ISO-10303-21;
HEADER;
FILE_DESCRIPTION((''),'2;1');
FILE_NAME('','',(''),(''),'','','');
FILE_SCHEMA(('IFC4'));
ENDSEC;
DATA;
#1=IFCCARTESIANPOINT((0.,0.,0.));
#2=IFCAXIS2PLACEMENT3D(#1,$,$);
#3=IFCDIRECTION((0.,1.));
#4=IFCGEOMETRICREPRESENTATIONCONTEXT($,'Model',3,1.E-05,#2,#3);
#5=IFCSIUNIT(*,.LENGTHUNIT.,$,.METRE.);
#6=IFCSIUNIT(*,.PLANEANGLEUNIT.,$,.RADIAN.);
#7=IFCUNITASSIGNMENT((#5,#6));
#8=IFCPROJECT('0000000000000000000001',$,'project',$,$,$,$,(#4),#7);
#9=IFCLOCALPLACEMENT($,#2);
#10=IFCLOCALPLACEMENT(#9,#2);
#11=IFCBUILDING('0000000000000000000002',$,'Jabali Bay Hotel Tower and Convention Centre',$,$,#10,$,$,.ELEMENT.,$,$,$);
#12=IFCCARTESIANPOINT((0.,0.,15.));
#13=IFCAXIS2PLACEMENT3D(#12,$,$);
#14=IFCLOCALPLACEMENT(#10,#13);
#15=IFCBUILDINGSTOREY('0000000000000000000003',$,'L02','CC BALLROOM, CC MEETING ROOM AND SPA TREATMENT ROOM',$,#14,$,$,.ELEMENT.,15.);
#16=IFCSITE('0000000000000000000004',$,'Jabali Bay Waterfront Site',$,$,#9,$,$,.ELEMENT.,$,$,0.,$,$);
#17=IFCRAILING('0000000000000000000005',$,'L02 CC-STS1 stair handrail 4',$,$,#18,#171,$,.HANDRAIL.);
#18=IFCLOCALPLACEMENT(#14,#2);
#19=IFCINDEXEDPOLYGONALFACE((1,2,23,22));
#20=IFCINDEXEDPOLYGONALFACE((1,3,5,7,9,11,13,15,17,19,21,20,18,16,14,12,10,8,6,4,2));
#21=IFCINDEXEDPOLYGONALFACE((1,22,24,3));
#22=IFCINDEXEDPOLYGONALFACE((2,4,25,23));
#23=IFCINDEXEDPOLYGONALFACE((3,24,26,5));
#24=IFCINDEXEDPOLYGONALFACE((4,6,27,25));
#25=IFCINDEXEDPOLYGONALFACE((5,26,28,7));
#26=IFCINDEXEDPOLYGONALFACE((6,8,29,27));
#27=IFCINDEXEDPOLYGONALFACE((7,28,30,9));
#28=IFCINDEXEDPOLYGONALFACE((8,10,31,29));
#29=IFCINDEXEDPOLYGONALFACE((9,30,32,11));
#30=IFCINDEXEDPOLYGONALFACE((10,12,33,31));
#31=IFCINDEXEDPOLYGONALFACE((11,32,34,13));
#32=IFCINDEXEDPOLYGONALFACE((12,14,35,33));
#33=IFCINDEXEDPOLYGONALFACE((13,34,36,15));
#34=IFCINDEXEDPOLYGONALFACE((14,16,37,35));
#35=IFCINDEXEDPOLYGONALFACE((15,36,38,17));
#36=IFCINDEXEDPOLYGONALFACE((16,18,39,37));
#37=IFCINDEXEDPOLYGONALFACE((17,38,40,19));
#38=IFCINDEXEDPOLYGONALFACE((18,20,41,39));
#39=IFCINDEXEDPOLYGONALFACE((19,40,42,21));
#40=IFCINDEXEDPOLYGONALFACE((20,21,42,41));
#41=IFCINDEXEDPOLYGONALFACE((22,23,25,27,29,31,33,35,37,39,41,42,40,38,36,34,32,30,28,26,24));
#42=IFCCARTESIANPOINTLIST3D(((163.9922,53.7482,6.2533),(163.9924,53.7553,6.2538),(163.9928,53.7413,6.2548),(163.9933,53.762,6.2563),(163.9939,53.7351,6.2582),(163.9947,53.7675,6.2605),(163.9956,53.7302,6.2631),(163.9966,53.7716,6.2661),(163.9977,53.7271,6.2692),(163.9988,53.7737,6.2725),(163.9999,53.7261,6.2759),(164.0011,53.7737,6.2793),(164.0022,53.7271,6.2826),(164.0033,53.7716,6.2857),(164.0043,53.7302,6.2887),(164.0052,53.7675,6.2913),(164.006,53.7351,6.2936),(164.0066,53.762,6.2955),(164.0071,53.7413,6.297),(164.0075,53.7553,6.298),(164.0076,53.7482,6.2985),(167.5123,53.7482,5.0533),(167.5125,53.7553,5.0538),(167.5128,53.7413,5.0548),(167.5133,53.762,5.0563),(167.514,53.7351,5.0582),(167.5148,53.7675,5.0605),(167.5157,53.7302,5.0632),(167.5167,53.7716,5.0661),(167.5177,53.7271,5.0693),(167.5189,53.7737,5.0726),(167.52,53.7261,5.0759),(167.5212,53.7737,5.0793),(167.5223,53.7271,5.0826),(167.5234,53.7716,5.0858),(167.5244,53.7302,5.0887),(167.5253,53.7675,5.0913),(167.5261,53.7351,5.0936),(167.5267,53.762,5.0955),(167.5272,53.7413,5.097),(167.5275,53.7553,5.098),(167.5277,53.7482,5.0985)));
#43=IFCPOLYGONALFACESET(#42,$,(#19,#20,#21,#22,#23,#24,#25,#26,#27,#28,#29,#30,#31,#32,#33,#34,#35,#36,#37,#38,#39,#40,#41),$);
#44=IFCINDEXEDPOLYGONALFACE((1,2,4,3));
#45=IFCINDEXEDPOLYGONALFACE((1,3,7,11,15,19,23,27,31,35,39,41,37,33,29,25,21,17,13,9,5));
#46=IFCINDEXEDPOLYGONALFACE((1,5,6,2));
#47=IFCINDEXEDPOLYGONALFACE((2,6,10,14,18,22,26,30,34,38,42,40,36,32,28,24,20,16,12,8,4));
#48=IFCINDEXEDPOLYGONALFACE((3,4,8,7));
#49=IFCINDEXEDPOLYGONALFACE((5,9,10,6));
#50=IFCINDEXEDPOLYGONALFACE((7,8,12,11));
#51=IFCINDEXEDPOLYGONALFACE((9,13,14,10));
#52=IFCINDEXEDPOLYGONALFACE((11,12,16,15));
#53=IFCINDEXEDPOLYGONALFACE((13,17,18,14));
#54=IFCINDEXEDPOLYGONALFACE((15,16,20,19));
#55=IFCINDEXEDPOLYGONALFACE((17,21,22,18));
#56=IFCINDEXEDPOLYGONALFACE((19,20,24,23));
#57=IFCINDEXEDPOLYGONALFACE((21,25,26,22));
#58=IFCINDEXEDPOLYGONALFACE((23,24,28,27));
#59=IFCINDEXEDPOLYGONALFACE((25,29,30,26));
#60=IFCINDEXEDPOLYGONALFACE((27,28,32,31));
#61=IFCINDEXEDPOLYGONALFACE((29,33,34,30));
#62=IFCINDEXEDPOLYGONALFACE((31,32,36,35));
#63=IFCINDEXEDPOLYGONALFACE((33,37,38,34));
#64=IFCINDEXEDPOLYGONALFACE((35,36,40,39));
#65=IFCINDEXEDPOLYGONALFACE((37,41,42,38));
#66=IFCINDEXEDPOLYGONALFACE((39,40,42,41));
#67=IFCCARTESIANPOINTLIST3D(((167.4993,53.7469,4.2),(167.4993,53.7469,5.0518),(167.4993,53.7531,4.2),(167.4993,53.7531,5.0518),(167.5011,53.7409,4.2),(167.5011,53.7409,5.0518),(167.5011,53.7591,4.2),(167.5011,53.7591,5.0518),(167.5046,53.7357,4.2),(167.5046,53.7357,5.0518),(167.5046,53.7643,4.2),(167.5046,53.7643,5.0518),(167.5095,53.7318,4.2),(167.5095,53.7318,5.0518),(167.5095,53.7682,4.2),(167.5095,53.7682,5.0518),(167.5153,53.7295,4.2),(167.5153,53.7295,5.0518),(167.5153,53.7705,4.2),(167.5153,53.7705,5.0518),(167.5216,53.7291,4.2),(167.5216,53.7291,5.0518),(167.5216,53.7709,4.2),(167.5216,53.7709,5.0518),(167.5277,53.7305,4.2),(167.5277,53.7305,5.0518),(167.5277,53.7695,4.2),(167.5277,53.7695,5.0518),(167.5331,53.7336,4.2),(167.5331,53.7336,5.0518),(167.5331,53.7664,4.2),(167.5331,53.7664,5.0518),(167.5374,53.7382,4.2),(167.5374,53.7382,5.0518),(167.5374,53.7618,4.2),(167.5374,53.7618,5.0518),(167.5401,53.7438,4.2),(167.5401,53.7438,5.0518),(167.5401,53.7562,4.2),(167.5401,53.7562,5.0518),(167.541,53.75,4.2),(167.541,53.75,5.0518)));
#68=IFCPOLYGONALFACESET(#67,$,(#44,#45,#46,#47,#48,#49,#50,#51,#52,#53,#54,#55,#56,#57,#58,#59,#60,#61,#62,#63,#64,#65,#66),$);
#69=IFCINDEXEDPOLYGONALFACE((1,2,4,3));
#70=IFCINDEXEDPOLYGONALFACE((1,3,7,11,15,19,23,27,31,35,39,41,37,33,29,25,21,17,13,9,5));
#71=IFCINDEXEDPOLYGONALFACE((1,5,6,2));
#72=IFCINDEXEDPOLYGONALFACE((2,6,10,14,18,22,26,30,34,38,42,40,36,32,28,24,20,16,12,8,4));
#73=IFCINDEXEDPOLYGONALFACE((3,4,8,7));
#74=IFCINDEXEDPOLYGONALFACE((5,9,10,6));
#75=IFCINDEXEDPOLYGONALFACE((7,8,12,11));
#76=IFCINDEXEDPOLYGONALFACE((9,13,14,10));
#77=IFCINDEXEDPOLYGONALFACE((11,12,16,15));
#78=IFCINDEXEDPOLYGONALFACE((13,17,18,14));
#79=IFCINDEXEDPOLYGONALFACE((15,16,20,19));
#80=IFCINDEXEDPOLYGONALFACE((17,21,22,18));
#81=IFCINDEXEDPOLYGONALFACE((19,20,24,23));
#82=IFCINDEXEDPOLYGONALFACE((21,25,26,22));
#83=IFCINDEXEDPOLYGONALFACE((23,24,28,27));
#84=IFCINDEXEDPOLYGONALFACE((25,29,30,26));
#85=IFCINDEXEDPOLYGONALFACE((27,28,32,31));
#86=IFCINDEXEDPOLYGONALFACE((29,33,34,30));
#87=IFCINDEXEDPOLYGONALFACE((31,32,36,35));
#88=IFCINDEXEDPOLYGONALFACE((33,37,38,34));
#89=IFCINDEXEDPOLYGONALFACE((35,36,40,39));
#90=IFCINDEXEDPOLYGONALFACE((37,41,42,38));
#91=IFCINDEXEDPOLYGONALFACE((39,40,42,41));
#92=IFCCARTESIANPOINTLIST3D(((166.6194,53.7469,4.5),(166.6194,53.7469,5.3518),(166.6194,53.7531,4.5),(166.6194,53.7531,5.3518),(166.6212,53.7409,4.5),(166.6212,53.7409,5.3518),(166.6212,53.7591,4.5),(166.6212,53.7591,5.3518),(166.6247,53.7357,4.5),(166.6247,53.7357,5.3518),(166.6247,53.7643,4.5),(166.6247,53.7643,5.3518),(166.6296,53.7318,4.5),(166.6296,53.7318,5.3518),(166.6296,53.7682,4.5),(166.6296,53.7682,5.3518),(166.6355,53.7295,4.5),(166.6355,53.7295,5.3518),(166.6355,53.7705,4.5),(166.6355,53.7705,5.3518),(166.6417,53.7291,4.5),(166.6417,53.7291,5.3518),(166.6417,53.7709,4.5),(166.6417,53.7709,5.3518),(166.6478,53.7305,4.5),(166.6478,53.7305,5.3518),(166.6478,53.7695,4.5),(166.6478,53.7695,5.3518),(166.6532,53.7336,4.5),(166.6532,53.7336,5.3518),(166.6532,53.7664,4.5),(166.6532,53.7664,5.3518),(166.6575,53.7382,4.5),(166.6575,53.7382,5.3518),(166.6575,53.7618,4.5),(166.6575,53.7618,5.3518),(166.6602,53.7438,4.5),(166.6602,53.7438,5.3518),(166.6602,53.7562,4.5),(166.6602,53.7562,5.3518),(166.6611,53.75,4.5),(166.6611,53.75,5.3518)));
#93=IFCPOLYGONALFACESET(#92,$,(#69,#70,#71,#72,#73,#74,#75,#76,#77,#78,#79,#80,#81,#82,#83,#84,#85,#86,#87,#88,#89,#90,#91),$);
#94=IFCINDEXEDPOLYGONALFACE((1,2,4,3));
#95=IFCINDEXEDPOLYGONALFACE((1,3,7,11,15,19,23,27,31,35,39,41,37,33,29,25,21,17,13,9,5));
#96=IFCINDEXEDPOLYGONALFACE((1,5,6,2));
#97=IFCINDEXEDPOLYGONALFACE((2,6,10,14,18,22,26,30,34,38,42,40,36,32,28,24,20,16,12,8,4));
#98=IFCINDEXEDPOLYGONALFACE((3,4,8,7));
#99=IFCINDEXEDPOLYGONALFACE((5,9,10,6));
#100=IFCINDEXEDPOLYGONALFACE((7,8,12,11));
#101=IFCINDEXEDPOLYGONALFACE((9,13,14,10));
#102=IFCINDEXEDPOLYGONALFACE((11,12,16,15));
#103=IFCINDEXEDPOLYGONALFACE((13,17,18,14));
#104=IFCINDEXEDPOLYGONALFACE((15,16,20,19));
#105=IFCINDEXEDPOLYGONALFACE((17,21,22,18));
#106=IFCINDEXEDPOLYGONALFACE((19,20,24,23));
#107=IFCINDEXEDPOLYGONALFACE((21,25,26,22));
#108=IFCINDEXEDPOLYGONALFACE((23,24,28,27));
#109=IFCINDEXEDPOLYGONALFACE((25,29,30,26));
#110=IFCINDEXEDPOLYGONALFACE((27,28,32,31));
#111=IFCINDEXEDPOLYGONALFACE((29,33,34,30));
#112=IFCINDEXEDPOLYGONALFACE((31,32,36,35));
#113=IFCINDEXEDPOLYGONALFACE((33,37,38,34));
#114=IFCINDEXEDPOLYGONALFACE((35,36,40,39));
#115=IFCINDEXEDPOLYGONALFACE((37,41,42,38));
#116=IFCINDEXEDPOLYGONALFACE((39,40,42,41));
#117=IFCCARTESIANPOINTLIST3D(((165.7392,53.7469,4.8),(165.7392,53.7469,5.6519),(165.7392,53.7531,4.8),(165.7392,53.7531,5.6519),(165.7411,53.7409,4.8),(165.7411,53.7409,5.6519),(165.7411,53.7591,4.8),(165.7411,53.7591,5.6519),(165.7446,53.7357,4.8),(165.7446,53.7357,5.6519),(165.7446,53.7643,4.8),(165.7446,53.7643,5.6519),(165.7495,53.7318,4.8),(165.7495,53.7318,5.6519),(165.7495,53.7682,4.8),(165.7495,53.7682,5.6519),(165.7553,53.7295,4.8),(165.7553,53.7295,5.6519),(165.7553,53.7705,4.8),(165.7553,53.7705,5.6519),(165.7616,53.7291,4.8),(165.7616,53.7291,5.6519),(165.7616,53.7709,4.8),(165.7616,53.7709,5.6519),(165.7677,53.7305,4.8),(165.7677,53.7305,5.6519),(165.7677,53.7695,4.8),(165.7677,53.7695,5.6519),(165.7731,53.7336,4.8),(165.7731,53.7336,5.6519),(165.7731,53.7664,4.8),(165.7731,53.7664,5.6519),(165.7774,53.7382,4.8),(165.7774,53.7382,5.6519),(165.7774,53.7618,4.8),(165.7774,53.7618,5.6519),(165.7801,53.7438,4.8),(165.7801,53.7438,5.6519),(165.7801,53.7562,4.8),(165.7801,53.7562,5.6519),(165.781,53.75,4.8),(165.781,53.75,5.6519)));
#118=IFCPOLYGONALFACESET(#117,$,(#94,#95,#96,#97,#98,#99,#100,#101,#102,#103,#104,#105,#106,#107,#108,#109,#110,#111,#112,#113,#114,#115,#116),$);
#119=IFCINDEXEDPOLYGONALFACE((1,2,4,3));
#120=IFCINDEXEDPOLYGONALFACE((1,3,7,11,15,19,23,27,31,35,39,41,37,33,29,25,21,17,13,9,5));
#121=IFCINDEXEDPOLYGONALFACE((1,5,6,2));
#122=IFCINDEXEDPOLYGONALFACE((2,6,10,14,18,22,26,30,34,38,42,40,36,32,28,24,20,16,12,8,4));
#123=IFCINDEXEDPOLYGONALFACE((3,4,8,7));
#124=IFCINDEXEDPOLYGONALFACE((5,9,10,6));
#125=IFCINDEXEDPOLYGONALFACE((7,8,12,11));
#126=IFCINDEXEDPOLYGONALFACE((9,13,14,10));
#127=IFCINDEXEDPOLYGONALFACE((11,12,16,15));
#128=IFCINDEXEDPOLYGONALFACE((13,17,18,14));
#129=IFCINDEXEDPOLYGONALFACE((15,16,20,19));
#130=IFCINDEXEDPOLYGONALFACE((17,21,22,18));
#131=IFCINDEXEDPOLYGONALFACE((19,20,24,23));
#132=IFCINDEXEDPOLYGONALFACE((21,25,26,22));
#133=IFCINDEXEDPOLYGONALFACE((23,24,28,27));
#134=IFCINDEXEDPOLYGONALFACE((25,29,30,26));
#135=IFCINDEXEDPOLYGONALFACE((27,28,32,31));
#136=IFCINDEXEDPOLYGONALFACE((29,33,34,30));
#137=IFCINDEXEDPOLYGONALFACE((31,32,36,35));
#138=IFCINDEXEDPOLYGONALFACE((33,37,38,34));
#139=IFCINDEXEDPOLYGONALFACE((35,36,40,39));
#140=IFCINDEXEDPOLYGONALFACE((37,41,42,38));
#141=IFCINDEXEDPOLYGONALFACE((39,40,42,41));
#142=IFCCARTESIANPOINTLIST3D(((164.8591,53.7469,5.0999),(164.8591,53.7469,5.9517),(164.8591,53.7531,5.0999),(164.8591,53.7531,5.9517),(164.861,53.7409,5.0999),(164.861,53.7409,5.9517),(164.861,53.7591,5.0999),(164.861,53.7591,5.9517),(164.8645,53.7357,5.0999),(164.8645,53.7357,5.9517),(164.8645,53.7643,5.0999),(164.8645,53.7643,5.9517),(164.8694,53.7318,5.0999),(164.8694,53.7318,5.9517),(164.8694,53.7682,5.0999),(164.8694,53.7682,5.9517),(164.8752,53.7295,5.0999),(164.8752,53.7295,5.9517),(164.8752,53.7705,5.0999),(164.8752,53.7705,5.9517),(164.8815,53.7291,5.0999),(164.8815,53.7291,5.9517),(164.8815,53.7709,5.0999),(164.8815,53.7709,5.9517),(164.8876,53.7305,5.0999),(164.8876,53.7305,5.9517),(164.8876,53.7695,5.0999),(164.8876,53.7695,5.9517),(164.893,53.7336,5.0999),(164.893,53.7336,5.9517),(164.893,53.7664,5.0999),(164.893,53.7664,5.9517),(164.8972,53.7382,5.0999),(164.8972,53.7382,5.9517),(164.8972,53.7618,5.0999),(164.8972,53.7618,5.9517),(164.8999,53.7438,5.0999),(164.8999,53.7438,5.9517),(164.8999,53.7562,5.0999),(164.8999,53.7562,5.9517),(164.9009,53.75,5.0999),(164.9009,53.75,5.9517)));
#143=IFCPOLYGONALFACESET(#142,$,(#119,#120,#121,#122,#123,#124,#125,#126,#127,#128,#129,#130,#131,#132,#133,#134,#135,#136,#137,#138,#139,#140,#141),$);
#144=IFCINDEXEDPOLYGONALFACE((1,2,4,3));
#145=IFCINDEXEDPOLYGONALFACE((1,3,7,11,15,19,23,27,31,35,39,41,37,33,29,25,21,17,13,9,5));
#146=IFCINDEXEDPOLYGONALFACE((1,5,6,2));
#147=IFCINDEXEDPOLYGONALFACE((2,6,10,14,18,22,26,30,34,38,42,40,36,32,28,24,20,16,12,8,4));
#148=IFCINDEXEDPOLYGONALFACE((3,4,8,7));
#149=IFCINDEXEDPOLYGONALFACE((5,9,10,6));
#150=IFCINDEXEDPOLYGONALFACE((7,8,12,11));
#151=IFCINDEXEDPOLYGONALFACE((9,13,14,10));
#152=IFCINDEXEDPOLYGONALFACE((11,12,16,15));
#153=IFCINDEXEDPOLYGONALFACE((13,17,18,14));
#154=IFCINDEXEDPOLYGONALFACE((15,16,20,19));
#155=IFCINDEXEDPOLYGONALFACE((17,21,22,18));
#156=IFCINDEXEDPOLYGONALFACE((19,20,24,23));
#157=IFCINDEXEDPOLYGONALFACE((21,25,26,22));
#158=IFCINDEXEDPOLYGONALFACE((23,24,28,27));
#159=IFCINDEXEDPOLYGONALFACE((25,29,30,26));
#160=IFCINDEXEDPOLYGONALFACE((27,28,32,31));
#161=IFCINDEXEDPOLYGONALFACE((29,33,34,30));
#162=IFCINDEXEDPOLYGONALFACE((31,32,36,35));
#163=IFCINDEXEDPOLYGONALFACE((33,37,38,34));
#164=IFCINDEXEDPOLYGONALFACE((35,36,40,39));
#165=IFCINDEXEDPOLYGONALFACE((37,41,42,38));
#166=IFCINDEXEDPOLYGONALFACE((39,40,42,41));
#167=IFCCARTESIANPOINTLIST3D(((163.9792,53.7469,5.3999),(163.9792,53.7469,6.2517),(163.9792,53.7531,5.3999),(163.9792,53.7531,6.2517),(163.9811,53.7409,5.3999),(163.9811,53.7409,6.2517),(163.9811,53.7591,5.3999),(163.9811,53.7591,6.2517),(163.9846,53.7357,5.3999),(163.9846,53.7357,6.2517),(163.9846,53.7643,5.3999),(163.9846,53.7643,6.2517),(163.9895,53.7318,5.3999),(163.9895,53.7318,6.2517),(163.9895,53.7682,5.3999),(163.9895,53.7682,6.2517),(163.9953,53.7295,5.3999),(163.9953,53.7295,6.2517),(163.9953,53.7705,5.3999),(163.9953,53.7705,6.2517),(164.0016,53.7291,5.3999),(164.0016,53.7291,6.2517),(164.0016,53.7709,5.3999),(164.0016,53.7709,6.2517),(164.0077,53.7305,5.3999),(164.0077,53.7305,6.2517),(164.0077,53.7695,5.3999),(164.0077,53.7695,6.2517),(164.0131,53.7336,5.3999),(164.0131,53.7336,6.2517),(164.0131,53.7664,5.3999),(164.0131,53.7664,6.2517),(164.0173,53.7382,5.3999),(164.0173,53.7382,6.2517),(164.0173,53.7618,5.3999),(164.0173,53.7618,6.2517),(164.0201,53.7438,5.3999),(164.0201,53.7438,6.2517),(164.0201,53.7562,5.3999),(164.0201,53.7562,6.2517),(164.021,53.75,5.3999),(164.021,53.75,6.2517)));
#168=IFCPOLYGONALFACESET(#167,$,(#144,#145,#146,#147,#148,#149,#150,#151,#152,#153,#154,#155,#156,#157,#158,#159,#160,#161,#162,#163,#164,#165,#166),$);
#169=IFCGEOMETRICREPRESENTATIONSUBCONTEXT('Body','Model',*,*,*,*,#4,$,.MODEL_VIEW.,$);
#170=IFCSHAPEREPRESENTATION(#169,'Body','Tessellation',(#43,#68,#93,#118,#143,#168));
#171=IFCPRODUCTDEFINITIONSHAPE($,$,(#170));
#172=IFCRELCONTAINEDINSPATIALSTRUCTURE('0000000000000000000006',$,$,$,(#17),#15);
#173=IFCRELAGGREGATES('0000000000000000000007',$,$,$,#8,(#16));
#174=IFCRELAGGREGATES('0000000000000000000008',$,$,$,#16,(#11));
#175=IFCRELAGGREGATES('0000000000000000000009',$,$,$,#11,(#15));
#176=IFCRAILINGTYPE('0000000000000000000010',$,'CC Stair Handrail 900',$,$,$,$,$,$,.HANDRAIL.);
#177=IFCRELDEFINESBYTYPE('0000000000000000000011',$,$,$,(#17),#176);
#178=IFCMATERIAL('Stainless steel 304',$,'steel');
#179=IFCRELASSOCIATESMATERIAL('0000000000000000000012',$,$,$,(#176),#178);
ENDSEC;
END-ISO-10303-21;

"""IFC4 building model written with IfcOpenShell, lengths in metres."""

from ifc_helpers import new_model, si_unit, direction, frame, origin, origin_2d, place, context, subcontext, project, spatial, circle, extrude, material, type_object, element, save


model = new_model("IFC4")

# Units and contexts
model_context = context("Model", 3, precision=1e-05, world=origin(), true_north=direction((0.0, 1.0)))
body_context = subcontext(model_context, "Body", "Model", "MODEL_VIEW")
ifc_project = project(units=[si_unit("LENGTHUNIT", "METRE"), si_unit("PLANEANGLEUNIT", "RADIAN")], contexts=[model_context])

# Site, building, storey
site_placement = place(None, origin())
site = spatial("IfcSite", under=ifc_project, at=site_placement, Name="Jabali Bay Waterfront Site", CompositionType="ELEMENT", RefElevation=0.0)
building_placement = place(site_placement, origin())
building = spatial("IfcBuilding", under=site, at=building_placement, Name="Jabali Bay Hotel Tower and Convention Centre", CompositionType="ELEMENT")
storey_placement = place(building_placement, frame((0.0, 0.0, 15.0)))
storey = spatial("IfcBuildingStorey", under=building, at=storey_placement, Name="L02", Description="CC BALLROOM, CC MEETING ROOM AND SPA TREATMENT ROOM", CompositionType="ELEMENT", Elevation=15.0)

# Railing
ifc_material_1 = material(Name="Stainless steel 304", Category="steel")
railing_type_1 = type_object("IfcRailingType", Name="CC Stair Handrail 900", PredefinedType="HANDRAIL", material=ifc_material_1)
for number, where, name in (
    (1, (167.52, 53.75, 4.2), "L02 CC-STS1 stair handrail 4"),
):
    element("IfcRailing", number, at=place(storey_placement, frame(where)), inside=storey, type_object=railing_type_1, Name=name, PredefinedType="HANDRAIL", context=body_context, shape_type="SweptSolid", body=[
        extrude(circle(Radius=0.0239, at=origin_2d()), frame((0.0, 0.0, 0.876), z_axis=(-0.946515, 0.0, 0.322661), x_axis=(0.0, -1.0, 0.0)), (0.0, 0.0, 1.0), 3.719),
        extrude(circle(Radius=0.021, at=origin_2d()), origin(), (0.0, 0.0, 1.0), 0.8518),
        extrude(circle(Radius=0.021, at=origin_2d()), frame((-0.8799, 0.0, 0.3)), (0.0, 0.0, 1.0), 0.8518),
        extrude(circle(Radius=0.021, at=origin_2d()), frame((-1.76, 0.0, 0.6001)), (0.0, 0.0, 1.0), 0.8518),
        extrude(circle(Radius=0.021, at=origin_2d()), frame((-2.6401, 0.0, 0.8999)), (0.0, 0.0, 1.0), 0.8518),
        extrude(circle(Radius=0.021, at=origin_2d()), frame((-3.52, 0.0, 1.2)), (0.0, 0.0, 1.0), 0.8518),
    ])

save(model, "model.ifc")
